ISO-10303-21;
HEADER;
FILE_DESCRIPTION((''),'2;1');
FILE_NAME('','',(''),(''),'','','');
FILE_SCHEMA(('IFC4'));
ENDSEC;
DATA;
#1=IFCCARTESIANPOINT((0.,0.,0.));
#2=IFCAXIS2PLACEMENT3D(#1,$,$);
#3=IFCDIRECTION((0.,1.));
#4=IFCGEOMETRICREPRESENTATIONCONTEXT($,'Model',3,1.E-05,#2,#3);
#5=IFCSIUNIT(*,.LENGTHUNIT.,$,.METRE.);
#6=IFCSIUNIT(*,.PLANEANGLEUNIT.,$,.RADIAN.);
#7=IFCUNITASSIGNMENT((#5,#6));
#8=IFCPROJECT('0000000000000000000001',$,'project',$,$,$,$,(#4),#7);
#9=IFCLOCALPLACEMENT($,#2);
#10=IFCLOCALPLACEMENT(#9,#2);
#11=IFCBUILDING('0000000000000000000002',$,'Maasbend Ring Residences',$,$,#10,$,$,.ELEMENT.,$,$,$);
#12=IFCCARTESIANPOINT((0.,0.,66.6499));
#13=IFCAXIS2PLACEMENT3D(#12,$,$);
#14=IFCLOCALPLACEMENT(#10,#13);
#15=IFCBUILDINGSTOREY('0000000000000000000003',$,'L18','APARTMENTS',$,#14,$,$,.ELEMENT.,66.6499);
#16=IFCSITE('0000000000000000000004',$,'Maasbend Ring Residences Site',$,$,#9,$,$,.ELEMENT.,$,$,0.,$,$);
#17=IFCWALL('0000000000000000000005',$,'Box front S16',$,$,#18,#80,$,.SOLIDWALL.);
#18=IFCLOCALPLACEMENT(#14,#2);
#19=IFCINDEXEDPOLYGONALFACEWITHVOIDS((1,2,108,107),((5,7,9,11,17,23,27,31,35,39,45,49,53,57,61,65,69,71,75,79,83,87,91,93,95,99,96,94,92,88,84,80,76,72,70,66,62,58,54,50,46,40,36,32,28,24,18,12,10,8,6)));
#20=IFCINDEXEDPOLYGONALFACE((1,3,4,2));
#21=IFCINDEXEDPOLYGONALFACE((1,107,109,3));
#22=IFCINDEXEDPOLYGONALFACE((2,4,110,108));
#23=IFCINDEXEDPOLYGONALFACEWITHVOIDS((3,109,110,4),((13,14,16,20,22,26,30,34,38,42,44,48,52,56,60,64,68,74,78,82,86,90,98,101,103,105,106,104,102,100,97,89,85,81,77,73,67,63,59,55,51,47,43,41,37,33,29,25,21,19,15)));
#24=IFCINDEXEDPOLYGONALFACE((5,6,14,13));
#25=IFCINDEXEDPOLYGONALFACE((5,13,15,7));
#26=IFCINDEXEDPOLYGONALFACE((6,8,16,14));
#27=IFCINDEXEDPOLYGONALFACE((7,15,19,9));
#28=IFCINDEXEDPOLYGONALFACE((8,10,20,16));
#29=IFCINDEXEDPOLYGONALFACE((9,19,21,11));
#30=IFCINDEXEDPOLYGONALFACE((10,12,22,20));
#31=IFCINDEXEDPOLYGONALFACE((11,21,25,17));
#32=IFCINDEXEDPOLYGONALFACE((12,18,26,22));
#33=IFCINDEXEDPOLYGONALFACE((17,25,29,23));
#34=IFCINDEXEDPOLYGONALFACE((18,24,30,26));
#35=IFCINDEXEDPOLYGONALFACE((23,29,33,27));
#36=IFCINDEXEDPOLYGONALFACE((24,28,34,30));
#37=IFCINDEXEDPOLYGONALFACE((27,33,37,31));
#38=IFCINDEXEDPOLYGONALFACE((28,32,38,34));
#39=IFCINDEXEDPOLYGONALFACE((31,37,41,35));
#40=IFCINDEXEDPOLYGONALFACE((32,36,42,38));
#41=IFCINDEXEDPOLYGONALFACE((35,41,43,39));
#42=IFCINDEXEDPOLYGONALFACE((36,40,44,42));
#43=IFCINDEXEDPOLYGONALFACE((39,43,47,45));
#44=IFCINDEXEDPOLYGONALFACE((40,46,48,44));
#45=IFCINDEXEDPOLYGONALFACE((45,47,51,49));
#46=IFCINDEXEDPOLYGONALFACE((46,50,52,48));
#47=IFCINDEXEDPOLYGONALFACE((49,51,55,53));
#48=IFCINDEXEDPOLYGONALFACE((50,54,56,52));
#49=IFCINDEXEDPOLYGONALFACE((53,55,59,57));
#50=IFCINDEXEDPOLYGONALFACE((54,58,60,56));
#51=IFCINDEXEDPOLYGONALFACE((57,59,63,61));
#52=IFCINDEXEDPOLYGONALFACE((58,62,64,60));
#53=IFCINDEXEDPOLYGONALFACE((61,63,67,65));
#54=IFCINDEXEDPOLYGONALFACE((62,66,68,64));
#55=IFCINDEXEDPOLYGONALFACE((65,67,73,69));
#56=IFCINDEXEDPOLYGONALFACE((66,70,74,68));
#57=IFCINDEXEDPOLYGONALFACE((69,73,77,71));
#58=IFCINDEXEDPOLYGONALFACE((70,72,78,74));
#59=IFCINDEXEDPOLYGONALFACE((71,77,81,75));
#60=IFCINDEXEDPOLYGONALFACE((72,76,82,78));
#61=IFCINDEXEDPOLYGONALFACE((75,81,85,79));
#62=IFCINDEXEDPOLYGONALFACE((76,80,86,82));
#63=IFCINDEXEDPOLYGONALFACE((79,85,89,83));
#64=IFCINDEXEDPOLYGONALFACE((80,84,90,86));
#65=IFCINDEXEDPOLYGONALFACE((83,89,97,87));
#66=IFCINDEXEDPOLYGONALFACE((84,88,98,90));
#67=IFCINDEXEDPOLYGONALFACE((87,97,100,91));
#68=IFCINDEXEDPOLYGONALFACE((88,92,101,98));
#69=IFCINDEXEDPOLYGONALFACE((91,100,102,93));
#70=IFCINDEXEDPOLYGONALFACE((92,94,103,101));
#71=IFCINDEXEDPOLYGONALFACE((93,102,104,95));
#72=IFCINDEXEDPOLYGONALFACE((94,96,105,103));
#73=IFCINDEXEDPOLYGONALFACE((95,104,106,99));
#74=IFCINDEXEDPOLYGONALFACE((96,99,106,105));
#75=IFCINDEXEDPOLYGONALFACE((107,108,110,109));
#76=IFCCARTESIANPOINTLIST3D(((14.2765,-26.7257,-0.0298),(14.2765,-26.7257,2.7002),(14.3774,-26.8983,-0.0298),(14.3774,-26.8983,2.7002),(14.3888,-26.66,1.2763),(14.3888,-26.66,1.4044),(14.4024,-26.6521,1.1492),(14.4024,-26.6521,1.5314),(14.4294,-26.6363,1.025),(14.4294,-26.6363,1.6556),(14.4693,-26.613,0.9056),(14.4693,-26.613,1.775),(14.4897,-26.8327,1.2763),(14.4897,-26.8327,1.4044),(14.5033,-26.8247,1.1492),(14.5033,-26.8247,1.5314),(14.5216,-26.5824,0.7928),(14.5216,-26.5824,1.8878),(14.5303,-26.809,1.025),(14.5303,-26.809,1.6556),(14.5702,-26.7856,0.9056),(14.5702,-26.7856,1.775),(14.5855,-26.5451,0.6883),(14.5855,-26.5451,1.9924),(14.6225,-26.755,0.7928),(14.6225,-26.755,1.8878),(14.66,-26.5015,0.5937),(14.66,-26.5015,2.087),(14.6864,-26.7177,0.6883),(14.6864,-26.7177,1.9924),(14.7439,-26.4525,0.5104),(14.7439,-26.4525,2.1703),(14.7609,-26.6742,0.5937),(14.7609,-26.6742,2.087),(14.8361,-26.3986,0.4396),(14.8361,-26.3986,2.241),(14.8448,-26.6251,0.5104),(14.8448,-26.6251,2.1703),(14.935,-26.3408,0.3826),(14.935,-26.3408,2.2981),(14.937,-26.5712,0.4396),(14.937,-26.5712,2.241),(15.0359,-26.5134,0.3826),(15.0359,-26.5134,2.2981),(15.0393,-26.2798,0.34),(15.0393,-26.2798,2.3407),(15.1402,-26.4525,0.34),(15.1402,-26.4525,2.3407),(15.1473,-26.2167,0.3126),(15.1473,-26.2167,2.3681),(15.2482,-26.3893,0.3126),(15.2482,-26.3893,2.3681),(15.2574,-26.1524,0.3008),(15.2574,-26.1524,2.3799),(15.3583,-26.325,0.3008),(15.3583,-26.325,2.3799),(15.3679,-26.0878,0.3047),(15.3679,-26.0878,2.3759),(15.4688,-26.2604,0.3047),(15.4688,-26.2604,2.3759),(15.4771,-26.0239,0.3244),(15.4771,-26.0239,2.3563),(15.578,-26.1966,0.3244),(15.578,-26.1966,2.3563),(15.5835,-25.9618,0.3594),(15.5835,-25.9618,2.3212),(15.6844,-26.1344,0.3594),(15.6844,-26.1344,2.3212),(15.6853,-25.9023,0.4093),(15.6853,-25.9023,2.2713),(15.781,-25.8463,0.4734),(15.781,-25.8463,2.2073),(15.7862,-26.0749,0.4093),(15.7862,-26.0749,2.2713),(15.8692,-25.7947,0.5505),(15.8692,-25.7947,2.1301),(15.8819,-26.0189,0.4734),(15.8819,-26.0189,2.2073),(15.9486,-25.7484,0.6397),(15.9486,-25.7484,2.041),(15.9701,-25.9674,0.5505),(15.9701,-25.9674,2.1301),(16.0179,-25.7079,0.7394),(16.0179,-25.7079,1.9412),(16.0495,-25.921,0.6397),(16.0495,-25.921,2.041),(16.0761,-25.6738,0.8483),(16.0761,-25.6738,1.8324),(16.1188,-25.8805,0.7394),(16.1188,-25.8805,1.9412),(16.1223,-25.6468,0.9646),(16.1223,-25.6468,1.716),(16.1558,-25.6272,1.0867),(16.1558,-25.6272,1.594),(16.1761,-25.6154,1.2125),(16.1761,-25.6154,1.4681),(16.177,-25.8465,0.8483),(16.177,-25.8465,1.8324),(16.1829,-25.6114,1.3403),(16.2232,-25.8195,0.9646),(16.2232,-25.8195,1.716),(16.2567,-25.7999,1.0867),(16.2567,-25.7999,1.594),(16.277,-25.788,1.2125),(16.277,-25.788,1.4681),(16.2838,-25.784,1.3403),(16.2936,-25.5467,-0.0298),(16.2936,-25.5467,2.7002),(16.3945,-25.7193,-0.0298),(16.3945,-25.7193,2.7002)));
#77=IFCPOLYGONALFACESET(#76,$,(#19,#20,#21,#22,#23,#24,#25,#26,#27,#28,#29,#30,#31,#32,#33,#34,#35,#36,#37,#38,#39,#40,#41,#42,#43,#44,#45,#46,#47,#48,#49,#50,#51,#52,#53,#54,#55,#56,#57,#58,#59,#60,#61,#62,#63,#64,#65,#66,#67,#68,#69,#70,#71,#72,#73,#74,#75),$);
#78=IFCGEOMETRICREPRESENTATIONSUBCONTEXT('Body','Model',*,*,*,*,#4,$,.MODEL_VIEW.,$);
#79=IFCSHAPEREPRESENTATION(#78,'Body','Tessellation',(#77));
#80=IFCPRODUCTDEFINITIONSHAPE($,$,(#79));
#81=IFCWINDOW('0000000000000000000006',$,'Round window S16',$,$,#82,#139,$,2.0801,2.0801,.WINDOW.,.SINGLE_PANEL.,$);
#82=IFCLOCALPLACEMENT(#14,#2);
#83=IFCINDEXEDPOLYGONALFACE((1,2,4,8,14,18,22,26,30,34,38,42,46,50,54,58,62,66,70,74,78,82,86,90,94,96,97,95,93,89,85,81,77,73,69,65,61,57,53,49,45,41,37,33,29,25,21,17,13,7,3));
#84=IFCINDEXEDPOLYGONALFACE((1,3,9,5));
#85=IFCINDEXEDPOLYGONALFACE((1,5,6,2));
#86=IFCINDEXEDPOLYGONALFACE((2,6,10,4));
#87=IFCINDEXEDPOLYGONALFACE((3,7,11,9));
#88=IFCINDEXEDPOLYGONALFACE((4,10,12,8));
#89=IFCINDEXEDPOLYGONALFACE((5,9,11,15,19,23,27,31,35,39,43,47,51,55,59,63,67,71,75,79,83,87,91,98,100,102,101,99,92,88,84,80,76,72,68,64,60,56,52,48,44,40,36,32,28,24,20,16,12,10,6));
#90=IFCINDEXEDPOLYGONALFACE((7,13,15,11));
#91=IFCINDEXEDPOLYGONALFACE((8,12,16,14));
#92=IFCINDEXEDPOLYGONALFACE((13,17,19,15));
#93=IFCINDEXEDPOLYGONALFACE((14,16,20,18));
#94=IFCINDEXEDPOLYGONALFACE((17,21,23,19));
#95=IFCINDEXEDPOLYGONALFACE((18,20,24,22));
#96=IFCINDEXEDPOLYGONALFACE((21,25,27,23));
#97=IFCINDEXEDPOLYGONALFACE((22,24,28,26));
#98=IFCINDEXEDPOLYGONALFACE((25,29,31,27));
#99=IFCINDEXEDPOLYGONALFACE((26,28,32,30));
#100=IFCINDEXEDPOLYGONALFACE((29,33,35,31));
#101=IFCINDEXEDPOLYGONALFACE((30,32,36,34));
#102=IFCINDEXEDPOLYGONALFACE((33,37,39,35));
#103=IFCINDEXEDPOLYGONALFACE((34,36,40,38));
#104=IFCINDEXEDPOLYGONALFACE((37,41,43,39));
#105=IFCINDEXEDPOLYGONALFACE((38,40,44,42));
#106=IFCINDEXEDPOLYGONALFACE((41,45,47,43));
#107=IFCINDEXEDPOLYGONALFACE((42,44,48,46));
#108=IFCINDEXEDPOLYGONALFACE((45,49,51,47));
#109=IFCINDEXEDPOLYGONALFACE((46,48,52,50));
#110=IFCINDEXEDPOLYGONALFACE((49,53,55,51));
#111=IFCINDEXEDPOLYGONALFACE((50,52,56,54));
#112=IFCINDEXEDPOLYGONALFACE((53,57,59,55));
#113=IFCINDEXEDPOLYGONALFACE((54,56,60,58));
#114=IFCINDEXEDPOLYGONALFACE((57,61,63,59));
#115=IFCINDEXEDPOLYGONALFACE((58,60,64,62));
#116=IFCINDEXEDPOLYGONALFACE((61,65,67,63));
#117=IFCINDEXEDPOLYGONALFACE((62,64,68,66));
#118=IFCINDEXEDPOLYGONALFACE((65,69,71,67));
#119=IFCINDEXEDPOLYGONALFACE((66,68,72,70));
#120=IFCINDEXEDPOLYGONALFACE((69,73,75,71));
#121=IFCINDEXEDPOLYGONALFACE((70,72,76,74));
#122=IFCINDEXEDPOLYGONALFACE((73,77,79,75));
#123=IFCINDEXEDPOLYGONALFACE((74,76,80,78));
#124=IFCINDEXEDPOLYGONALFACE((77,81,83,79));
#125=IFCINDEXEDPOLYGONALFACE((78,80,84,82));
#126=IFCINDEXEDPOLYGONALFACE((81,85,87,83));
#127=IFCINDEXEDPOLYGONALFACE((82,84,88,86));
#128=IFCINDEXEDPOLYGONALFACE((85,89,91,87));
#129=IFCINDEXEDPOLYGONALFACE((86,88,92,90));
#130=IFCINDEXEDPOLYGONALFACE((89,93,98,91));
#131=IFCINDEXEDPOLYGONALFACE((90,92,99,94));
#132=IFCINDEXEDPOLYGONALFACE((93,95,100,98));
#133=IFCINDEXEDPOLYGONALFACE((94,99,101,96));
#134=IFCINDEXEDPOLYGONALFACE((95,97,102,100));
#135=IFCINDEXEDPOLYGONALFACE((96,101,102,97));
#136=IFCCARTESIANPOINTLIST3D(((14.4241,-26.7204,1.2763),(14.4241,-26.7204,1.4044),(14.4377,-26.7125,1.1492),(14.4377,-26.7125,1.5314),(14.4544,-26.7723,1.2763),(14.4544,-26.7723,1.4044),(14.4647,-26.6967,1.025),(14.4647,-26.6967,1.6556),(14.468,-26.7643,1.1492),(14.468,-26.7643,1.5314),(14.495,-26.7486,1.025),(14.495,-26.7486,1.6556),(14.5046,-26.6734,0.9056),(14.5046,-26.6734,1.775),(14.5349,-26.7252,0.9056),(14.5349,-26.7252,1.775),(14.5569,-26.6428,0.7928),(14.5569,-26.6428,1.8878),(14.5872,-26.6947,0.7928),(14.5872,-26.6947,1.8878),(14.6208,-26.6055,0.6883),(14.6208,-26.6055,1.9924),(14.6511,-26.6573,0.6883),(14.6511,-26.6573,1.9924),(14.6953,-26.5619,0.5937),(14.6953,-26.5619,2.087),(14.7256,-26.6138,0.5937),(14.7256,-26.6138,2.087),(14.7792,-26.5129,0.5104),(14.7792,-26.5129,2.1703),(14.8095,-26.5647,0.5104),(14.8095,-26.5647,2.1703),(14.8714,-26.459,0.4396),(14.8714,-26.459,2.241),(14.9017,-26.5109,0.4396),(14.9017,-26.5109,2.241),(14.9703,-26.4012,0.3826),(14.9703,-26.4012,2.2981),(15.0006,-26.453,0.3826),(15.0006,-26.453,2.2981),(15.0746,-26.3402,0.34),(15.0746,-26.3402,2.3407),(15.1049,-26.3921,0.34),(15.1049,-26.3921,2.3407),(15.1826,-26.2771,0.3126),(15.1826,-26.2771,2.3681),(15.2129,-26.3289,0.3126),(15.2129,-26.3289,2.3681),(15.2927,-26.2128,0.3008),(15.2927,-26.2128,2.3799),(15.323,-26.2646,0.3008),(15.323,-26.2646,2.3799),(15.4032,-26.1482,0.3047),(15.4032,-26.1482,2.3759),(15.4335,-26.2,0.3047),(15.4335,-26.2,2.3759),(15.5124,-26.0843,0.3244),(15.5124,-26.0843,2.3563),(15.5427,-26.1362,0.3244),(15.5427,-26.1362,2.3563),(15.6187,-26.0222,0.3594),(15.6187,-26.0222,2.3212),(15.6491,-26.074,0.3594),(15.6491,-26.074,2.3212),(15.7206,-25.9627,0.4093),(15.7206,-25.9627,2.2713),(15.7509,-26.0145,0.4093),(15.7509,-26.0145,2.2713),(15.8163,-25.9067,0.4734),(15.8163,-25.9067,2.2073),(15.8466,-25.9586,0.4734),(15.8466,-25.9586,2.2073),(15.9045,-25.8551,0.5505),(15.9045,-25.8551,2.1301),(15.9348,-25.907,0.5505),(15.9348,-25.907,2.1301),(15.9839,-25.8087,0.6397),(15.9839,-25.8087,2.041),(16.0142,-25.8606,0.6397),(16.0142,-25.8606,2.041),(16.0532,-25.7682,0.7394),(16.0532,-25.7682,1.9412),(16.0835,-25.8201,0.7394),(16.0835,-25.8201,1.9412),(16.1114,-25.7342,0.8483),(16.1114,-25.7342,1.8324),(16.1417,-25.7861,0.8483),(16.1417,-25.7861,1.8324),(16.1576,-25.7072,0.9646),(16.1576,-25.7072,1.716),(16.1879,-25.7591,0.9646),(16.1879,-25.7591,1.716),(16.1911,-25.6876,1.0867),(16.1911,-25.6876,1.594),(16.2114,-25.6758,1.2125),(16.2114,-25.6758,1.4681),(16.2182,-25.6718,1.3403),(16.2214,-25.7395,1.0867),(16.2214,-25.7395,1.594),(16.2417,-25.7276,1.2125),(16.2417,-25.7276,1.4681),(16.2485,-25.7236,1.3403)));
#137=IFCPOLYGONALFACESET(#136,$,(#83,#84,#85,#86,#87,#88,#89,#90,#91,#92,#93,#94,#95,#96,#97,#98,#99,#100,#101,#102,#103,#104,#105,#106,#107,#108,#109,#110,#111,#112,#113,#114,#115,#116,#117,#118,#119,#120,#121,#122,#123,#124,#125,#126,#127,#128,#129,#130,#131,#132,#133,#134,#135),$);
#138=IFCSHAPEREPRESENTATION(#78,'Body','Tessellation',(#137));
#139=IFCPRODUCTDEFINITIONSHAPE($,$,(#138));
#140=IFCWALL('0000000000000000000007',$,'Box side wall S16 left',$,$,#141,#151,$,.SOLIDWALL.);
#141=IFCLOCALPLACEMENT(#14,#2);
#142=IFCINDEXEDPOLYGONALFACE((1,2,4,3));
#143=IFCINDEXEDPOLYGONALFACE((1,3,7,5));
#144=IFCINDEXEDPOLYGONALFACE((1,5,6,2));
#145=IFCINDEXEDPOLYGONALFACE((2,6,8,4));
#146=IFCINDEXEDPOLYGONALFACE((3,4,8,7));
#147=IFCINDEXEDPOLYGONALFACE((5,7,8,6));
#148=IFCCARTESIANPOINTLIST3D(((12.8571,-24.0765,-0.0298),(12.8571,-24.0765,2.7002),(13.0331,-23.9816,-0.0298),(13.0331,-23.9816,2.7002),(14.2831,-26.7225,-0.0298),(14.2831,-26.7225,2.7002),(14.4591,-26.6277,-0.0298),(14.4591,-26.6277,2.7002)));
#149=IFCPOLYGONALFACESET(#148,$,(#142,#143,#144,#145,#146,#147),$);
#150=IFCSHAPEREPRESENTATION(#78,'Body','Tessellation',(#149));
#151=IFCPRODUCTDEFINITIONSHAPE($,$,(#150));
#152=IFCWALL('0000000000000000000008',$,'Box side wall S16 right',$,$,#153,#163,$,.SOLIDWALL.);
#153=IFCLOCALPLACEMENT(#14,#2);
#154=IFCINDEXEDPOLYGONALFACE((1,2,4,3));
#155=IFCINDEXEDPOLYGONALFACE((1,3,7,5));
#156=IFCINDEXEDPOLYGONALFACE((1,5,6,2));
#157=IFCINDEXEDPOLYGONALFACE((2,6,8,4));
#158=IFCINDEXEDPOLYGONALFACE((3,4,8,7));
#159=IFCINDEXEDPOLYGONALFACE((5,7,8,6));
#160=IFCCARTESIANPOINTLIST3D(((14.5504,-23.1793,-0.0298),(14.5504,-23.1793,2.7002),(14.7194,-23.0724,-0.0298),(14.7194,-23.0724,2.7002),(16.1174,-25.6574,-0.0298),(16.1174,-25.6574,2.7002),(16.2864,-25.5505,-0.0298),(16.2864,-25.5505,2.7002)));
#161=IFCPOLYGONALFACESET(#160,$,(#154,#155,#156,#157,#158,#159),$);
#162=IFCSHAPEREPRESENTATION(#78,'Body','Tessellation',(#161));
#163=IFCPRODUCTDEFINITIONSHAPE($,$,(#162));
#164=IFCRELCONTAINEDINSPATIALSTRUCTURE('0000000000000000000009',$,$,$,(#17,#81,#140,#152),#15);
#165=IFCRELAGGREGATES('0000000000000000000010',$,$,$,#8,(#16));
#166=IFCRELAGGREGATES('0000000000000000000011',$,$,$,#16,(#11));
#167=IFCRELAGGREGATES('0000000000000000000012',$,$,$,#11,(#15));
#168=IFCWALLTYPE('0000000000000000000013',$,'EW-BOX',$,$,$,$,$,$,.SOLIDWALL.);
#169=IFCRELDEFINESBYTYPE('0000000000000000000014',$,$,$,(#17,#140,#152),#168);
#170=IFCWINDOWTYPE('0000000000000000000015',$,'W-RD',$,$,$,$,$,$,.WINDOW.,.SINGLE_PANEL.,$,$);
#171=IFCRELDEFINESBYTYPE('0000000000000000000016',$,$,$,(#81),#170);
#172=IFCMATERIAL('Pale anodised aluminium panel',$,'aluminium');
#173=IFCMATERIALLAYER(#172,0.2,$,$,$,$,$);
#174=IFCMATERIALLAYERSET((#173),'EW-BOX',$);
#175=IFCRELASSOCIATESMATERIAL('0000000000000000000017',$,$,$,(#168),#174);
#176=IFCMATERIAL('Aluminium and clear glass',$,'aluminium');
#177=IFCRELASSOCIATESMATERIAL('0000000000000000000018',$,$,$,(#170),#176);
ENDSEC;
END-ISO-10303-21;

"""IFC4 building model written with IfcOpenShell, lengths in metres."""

from ifc_helpers import new_model, si_unit, direction, frame, frame_2d, origin, place, context, subcontext, project, spatial, rectangle, circle, extrude, material, layer, layer_set, type_object, element, fill, save


model = new_model("IFC4")

# Units and contexts
model_context = context("Model", 3, precision=1e-05, world=origin(), true_north=direction((0.0, 1.0)))
body_context = subcontext(model_context, "Body", "Model", "MODEL_VIEW")
ifc_project = project(units=[si_unit("LENGTHUNIT", "METRE"), si_unit("PLANEANGLEUNIT", "RADIAN")], contexts=[model_context])

# Site, building, storey
site_placement = place(None, origin())
site = spatial("IfcSite", under=ifc_project, at=site_placement, Name="Maasbend Ring Residences Site", CompositionType="ELEMENT", RefElevation=0.0)
building_placement = place(site_placement, origin())
building = spatial("IfcBuilding", under=site, at=building_placement, Name="Maasbend Ring Residences", CompositionType="ELEMENT")
storey_placement = place(building_placement, frame((0.0, 0.0, 66.6499)))
storey = spatial("IfcBuildingStorey", under=building, at=storey_placement, Name="L18", Description="APARTMENTS", CompositionType="ELEMENT", Elevation=66.6499)

# Wall, opening, window
ifc_material_1 = material(Name="Pale anodised aluminium panel", Category="aluminium")
ifc_layer_1 = layer(ifc_material_1, 0.2)
ifc_layer_set_1 = layer_set([ifc_layer_1], Name="EW-BOX")
wall_type_1 = type_object("IfcWallType", Name="EW-BOX", PredefinedType="SOLIDWALL", material=ifc_layer_set_1)
wall_1_placement = place(storey_placement, frame((14.3269, -26.812, -0.0298), z_axis=(0.0, 0.0, 1.0), x_axis=(0.863347, 0.504612, 0.0)))
wall_1 = element("IfcWall", 1, at=wall_1_placement, inside=storey, type_object=wall_type_1, Name="Box front S16", PredefinedType="SOLIDWALL", context=body_context, shape_type="SweptSolid", body=[
    extrude(rectangle(XDim=2.3364, YDim=0.2, at=frame_2d((1.1682, 0.0))), origin(), (0.0, 0.0, 1.0), 2.73),
])
opening_1_placement = place(wall_1_placement, frame((0.1282, 0.0, 0.3301)))
opening_1 = element("IfcOpeningElement", 2, at=opening_1_placement, cuts=wall_1, PredefinedType="OPENING", context=body_context, shape_type="SweptSolid", body=[
    extrude(circle(Radius=1.04, at=frame_2d((1.04, 1.04))), frame((0.0, 0.1099, 0.0), z_axis=(0.0, -1.0, 0.0), x_axis=(1.0, 0.0, 0.0)), (0.0, 0.0, 1.0), 0.22),
])
ifc_material_2 = material(Name="Aluminium and clear glass", Category="aluminium")
window_type_1 = type_object("IfcWindowType", Name="W-RD", PartitioningType="SINGLE_PANEL", PredefinedType="WINDOW", material=ifc_material_2)
window_1_placement = place(opening_1_placement, origin())
window_1 = element("IfcWindow", 3, at=window_1_placement, inside=storey, type_object=window_type_1, Name="Round window S16", OverallHeight=2.0801, OverallWidth=2.0801, PartitioningType="SINGLE_PANEL", PredefinedType="WINDOW", context=body_context, shape_type="SweptSolid", body=[
    extrude(circle(Radius=1.04, at=frame_2d((1.04, 1.04))), frame((0.0, 0.03, 0.0), z_axis=(0.0, -1.0, 0.0), x_axis=(1.0, 0.0, 0.0)), (0.0, 0.0, 1.0), 0.0601),
])
fill(opening_1, window_1)

# Walls
wall_2_placement = place(storey_placement, frame((12.9451, -24.0291, -0.0298), z_axis=(0.0, 0.0, 1.0), x_axis=(0.474424, -0.880296, 0.0)))
element("IfcWall", 4, at=wall_2_placement, inside=storey, type_object=wall_type_1, Name="Box side wall S16 left", PredefinedType="SOLIDWALL", context=body_context, shape_type="SweptSolid", body=[
    extrude(rectangle(XDim=3.0059, YDim=0.2, at=frame_2d((1.5029, 0.0))), origin(), (0.0, 0.0, 1.0), 2.73),
])
wall_3_placement = place(storey_placement, frame((14.635, -23.126, -0.0298), z_axis=(0.0, 0.0, 1.0), x_axis=(0.534438, -0.845208, 0.0)))
element("IfcWall", 5, at=wall_3_placement, inside=storey, type_object=wall_type_1, Name="Box side wall S16 right", PredefinedType="SOLIDWALL", context=body_context, shape_type="SweptSolid", body=[
    extrude(rectangle(XDim=2.9319, YDim=0.2, at=frame_2d((1.4658, 0.0))), origin(), (0.0, 0.0, 1.0), 2.73),
])

save(model, "model.ifc")
